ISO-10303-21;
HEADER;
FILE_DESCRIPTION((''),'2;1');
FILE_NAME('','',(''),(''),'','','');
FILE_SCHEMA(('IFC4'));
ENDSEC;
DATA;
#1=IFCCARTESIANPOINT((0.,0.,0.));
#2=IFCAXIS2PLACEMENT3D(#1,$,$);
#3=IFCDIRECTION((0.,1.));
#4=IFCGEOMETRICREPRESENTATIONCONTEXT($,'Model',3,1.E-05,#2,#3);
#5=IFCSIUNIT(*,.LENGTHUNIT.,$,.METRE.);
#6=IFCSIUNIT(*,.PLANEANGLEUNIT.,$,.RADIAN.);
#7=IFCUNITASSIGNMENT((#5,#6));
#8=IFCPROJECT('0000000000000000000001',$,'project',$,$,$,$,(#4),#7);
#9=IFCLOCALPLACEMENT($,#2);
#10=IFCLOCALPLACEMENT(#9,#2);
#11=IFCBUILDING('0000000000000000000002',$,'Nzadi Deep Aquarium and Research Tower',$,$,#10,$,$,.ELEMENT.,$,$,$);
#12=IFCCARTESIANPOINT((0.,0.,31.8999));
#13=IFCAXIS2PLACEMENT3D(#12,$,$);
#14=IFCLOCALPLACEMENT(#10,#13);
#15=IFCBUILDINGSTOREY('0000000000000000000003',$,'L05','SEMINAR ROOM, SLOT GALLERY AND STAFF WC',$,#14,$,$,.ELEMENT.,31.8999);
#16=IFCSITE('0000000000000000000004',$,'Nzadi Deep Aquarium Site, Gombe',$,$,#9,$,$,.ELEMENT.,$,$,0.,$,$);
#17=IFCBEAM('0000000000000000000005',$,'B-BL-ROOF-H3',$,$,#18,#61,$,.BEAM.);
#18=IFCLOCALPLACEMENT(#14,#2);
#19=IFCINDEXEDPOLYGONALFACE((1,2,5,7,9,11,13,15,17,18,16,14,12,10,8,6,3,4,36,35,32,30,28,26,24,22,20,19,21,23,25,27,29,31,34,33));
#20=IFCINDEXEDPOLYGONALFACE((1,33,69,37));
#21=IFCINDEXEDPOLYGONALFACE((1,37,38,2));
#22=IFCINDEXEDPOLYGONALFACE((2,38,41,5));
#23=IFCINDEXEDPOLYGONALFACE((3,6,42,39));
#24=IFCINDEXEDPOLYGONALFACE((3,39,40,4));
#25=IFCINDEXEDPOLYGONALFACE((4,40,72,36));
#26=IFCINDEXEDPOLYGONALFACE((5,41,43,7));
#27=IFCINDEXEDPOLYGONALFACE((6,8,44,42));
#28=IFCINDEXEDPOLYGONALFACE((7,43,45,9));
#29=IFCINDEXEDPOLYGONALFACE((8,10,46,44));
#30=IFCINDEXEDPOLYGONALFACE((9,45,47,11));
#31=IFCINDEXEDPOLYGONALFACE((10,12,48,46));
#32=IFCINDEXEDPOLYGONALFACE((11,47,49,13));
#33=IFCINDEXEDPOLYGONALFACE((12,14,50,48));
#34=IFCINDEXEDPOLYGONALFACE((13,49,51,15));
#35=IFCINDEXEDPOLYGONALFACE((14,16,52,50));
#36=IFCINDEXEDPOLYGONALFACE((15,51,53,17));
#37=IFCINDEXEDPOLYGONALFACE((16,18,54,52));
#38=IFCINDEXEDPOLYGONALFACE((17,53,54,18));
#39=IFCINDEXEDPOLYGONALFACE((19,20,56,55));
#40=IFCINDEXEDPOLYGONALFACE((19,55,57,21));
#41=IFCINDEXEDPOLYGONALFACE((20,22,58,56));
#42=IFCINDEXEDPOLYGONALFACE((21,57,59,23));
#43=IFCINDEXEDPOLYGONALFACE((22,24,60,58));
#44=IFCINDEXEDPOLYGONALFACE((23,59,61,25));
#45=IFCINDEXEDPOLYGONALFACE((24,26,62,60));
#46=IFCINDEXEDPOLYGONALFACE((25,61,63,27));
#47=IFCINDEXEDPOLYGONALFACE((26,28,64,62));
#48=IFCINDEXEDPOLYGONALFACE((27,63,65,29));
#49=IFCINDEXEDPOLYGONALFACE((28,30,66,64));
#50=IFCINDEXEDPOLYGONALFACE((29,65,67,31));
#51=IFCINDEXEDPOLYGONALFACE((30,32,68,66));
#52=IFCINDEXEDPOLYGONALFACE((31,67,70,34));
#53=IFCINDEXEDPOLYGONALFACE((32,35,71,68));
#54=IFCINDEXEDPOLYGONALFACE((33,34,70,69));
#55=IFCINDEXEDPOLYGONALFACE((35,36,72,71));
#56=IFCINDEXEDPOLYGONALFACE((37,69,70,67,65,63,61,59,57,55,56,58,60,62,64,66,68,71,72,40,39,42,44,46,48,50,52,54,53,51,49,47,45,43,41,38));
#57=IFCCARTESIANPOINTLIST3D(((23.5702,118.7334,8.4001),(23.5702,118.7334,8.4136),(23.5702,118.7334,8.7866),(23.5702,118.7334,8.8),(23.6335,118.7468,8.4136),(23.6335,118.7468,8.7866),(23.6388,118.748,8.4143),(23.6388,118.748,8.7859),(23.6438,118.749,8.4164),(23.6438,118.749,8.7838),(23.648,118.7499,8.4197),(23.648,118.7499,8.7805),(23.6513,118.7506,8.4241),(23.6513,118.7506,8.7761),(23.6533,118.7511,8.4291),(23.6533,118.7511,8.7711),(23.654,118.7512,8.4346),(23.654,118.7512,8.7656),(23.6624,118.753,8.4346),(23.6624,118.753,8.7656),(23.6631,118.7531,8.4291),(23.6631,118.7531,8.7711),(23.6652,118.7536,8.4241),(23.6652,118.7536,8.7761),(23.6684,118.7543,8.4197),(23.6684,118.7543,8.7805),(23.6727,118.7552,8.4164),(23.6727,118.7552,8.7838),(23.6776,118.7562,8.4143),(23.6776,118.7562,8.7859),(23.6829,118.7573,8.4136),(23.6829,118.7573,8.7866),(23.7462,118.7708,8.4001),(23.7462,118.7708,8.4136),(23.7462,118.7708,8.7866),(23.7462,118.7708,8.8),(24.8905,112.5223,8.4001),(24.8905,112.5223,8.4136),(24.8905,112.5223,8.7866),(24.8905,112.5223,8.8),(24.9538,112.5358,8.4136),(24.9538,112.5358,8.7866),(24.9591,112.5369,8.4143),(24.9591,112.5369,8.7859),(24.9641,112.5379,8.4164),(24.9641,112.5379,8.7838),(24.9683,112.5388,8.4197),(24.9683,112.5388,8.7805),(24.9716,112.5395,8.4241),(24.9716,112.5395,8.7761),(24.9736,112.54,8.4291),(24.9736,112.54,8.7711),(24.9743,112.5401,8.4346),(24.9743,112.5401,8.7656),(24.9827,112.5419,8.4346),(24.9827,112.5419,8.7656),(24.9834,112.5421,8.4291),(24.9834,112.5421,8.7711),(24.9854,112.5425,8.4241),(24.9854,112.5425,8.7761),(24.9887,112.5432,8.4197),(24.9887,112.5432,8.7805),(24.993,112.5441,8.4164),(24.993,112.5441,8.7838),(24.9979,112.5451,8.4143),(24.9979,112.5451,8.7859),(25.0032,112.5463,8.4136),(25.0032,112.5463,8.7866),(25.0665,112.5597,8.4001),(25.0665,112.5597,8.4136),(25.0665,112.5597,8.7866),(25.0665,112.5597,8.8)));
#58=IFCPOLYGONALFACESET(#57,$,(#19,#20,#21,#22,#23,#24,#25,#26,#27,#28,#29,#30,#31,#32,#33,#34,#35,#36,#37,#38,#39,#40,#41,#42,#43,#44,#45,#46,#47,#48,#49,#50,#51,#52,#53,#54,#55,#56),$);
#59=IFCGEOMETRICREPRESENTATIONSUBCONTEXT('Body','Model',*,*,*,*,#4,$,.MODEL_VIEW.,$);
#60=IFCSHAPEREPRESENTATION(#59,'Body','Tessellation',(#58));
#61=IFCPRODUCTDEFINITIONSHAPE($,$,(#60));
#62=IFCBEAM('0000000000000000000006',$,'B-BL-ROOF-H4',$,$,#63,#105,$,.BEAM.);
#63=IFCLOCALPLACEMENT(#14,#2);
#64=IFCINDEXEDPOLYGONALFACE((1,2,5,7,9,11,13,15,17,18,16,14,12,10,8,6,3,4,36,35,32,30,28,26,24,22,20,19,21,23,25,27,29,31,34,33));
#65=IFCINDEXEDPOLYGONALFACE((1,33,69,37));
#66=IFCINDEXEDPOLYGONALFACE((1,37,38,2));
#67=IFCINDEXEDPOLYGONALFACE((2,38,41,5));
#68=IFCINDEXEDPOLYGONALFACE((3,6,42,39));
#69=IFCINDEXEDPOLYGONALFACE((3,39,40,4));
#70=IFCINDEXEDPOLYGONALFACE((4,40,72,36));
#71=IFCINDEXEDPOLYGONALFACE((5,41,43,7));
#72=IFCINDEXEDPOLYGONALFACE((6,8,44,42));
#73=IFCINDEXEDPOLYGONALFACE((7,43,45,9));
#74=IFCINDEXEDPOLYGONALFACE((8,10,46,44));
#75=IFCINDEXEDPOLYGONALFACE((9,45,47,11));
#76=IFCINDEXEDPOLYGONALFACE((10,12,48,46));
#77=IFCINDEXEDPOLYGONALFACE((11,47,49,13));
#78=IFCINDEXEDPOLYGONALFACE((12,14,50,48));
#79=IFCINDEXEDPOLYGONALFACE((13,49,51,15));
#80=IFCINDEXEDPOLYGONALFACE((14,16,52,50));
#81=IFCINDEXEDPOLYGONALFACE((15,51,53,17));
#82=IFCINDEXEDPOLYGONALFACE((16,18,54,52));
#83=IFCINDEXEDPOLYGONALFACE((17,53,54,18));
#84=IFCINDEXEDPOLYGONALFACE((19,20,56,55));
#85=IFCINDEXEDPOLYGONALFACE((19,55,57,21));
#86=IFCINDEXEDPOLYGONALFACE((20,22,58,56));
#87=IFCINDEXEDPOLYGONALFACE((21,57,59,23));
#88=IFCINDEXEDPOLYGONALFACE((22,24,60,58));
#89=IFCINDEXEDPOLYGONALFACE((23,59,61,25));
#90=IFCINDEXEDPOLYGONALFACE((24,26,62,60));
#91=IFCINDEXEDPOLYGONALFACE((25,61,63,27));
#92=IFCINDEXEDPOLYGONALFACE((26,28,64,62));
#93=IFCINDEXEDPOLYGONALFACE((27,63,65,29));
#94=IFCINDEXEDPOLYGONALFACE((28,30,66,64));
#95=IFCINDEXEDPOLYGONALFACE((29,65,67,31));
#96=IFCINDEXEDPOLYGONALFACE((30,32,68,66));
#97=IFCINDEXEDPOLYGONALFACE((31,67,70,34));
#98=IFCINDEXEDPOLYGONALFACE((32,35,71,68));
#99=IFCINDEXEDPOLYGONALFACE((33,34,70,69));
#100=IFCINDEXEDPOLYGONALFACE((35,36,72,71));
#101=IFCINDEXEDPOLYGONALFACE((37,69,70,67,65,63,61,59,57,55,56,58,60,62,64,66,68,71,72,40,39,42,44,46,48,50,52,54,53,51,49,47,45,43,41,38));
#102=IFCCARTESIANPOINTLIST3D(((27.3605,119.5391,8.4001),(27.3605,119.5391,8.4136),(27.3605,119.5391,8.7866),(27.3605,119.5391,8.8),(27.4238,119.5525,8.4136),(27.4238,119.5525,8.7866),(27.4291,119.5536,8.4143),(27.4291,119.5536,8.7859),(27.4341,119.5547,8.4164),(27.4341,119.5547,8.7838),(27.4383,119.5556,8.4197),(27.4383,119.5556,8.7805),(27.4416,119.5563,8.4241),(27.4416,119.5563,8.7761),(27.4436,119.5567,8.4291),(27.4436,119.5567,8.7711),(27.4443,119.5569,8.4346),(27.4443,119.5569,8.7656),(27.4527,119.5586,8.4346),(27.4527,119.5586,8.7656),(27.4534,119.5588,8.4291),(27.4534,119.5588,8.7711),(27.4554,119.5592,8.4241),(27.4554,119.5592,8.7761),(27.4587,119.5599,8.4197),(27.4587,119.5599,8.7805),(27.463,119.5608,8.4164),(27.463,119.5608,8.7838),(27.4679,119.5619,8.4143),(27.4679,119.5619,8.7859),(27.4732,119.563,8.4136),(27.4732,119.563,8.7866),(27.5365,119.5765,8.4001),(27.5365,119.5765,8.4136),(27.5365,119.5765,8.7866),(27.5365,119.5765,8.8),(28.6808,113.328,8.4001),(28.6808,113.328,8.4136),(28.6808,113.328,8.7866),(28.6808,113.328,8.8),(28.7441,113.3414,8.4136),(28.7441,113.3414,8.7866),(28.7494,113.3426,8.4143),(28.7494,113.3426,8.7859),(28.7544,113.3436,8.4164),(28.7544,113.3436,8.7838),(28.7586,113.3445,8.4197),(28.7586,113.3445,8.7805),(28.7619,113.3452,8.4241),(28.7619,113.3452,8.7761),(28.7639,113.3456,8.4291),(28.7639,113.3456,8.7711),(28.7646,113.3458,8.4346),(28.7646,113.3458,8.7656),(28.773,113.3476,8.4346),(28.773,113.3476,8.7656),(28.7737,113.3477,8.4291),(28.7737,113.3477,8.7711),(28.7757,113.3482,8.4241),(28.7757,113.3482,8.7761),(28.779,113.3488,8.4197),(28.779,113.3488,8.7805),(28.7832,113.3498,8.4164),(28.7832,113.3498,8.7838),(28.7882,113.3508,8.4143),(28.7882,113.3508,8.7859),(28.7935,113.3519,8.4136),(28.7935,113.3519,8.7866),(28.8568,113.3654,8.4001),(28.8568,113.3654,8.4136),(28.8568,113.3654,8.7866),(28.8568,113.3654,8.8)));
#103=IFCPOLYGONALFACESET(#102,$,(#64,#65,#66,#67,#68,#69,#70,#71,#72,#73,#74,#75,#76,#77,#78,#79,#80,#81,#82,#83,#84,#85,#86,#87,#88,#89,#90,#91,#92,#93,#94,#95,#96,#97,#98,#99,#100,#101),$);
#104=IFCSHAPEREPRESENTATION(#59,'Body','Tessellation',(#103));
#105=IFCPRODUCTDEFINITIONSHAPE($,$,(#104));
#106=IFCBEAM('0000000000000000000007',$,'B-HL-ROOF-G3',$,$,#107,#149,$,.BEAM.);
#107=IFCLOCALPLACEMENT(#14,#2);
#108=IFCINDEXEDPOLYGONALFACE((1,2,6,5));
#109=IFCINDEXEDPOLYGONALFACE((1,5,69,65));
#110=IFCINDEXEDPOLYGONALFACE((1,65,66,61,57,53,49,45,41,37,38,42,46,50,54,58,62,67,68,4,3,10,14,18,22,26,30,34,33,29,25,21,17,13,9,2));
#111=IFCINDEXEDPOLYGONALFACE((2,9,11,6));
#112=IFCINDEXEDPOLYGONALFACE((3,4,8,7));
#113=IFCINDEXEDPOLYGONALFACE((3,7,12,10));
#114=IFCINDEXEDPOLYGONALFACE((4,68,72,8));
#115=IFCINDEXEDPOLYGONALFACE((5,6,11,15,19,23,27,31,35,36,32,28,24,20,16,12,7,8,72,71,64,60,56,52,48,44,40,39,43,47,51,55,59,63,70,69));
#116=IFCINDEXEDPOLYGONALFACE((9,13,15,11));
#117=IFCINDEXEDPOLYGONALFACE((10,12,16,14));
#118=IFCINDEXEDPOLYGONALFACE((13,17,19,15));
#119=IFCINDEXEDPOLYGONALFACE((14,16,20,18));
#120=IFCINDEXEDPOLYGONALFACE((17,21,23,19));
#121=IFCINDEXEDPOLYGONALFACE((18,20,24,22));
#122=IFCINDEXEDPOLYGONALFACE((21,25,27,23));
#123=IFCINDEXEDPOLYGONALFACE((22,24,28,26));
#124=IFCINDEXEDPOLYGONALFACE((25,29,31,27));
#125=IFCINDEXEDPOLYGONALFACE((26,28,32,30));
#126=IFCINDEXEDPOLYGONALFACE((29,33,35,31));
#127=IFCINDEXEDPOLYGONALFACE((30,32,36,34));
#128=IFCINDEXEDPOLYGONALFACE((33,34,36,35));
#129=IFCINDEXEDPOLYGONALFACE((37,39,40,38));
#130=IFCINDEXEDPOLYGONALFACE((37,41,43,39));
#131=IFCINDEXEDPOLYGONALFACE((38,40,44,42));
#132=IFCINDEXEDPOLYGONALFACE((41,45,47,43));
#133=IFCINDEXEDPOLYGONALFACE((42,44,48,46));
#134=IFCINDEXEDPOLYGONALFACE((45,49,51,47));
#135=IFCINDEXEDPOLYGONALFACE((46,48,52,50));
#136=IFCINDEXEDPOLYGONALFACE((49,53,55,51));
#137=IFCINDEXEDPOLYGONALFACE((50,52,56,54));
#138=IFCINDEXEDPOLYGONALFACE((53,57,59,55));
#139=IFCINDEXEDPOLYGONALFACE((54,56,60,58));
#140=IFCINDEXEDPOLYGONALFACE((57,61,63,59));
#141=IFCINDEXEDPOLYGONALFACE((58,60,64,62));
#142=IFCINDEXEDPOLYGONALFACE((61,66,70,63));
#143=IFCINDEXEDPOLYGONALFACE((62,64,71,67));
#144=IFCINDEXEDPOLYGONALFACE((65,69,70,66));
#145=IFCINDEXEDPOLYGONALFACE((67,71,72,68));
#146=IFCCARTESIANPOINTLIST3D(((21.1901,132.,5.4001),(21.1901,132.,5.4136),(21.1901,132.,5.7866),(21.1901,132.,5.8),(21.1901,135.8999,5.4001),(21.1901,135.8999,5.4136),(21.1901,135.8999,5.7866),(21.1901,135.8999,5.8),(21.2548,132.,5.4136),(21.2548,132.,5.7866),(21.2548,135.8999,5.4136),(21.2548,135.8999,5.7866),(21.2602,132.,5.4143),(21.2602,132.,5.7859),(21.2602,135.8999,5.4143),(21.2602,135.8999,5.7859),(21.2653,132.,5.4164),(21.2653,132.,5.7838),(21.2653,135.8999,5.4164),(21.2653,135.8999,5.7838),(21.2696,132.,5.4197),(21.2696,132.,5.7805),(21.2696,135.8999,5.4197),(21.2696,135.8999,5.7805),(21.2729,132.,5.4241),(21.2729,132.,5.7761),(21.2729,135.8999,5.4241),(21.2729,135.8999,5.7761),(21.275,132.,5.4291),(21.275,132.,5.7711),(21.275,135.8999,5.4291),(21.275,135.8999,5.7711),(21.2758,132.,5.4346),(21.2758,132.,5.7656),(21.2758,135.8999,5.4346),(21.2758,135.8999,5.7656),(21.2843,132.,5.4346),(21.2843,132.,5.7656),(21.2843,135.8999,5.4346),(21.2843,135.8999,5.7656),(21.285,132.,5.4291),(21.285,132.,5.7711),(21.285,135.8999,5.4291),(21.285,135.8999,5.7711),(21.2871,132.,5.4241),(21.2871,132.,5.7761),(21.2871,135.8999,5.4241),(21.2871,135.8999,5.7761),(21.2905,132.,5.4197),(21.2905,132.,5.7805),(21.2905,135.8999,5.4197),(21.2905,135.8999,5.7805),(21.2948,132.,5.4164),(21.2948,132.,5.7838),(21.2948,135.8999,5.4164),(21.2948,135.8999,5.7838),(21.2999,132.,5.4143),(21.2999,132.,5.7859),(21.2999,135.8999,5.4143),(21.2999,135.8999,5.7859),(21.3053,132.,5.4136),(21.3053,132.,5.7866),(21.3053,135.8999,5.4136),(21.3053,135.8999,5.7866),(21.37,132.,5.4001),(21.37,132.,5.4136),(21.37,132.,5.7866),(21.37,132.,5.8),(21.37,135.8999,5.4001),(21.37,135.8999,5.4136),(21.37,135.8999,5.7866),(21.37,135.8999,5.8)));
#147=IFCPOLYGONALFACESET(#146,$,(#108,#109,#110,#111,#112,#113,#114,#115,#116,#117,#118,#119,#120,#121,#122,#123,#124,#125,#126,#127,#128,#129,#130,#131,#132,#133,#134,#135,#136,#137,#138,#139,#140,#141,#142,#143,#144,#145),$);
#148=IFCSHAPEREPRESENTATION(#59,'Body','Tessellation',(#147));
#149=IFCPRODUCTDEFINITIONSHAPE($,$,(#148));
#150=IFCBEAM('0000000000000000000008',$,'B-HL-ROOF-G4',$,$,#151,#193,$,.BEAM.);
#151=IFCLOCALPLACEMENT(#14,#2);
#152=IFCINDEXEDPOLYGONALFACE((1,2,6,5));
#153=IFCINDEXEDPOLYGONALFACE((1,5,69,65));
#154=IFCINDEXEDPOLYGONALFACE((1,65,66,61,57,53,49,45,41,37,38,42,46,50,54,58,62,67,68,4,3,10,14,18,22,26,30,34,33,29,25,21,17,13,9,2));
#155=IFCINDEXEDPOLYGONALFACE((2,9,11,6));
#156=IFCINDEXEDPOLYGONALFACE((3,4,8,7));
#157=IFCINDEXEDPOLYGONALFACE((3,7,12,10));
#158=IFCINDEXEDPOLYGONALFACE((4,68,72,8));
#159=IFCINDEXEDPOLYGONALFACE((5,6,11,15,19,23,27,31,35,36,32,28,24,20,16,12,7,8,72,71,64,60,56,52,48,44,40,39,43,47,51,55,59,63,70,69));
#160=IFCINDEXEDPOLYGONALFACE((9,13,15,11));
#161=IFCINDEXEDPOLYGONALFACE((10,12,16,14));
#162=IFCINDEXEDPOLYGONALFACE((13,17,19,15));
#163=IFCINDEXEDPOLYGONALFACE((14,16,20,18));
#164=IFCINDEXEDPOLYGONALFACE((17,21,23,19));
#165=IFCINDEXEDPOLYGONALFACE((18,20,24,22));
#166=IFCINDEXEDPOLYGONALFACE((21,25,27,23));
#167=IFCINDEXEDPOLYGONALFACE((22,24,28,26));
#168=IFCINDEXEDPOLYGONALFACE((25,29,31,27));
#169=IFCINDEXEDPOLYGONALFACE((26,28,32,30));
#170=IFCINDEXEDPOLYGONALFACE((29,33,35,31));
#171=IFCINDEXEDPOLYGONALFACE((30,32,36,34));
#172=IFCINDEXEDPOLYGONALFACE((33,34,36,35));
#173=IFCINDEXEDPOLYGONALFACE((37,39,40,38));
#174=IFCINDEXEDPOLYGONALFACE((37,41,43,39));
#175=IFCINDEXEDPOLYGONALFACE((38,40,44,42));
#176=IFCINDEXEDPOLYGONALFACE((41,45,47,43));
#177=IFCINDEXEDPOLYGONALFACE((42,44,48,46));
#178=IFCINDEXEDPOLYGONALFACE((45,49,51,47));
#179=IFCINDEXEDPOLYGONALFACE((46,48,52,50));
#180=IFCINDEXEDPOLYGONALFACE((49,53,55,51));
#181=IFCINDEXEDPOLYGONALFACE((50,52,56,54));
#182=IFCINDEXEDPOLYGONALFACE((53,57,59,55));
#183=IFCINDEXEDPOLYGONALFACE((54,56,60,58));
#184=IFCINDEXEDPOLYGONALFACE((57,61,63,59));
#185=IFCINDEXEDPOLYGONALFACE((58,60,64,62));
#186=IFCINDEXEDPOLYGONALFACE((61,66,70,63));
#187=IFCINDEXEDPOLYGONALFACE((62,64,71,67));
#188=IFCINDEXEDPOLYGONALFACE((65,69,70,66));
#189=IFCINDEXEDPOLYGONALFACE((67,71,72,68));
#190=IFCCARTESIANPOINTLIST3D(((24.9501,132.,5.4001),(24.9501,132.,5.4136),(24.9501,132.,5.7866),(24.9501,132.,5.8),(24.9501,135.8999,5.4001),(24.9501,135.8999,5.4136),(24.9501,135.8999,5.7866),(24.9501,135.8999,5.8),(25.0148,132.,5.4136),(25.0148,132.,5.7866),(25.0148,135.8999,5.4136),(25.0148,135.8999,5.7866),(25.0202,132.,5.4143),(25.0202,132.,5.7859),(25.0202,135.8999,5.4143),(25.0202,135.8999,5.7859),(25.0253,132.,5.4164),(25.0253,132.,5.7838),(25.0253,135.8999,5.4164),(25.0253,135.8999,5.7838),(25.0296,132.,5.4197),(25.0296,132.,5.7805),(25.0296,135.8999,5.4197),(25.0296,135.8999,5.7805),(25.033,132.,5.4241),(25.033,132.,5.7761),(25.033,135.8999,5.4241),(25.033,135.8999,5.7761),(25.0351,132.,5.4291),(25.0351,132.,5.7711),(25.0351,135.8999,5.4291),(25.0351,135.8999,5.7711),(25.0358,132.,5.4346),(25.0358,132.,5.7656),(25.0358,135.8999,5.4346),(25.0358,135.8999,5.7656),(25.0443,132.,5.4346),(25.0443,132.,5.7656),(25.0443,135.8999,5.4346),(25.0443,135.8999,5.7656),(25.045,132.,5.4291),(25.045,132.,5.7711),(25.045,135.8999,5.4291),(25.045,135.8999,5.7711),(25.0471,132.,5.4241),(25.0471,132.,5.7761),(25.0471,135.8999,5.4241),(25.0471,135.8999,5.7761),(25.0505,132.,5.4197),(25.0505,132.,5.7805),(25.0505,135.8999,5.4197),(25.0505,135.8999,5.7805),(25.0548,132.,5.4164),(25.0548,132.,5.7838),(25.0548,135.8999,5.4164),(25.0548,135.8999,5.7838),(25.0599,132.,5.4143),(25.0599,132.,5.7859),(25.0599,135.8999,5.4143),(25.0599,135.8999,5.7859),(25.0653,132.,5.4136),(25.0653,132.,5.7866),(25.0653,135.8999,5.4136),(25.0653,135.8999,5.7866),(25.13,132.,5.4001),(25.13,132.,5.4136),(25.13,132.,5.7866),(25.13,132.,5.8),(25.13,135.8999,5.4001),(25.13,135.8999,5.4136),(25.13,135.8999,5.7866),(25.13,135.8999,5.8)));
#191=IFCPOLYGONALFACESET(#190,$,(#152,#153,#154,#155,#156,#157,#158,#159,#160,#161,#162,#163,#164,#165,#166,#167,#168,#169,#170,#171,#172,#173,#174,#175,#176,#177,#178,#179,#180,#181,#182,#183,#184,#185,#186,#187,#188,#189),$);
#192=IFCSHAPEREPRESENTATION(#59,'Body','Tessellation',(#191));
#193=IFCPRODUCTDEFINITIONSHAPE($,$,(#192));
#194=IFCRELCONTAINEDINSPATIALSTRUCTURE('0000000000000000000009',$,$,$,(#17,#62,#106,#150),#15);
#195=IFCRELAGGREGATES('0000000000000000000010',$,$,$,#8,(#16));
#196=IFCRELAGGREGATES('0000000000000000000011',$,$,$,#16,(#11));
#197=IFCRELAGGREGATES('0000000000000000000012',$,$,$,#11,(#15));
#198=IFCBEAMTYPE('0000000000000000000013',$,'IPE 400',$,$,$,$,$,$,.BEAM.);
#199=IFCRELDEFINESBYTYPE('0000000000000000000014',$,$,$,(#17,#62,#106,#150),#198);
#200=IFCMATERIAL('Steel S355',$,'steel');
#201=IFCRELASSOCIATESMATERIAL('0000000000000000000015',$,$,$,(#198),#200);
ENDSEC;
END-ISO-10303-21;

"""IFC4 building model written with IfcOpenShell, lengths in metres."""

from ifc_helpers import new_model, si_unit, direction, frame, origin, origin_2d, place, context, subcontext, project, spatial, i_section, extrude, material, material_profile, profile_set, type_object, element, save


model = new_model("IFC4")

# Units and contexts
model_context = context("Model", 3, precision=1e-05, world=origin(), true_north=direction((0.0, 1.0)))
body_context = subcontext(model_context, "Body", "Model", "MODEL_VIEW")
ifc_project = project(units=[si_unit("LENGTHUNIT", "METRE"), si_unit("PLANEANGLEUNIT", "RADIAN")], contexts=[model_context])

# Site, building, storey
site_placement = place(None, origin())
site = spatial("IfcSite", under=ifc_project, at=site_placement, Name="Nzadi Deep Aquarium Site, Gombe", CompositionType="ELEMENT", RefElevation=0.0)
building_placement = place(site_placement, origin())
building = spatial("IfcBuilding", under=site, at=building_placement, Name="Nzadi Deep Aquarium and Research Tower", CompositionType="ELEMENT")
storey_placement = place(building_placement, frame((0.0, 0.0, 31.8999)))
storey = spatial("IfcBuildingStorey", under=building, at=storey_placement, Name="L05", Description="SEMINAR ROOM, SLOT GALLERY AND STAFF WC", CompositionType="ELEMENT", Elevation=31.8999)

# Beams
ifc_material_1 = material(Name="Steel S355", Category="steel")
ifc_material_profile_1 = material_profile(ifc_material_1, i_section(OverallWidth=0.1799, OverallDepth=0.3999, WebThickness=0.0085, FlangeThickness=0.0134, FilletRadius=0.021, at=origin_2d()))
ifc_profile_set_1 = profile_set([ifc_material_profile_1], Name="Steel S355")
beam_type = type_object("IfcBeamType", Name="IPE 400", PredefinedType="BEAM", material=ifc_profile_set_1)
for number, where, z_axis, x_axis, name in (
    (1, (24.9785, 112.541, 8.6001), (-0.207925, 0.978145, 0.0), (-0.978145, -0.207925, 0.0), "B-BL-ROOF-H3"),
    (2, (28.7688, 113.3467, 8.6001), (-0.207925, 0.978145, 0.0), (-0.978145, -0.207925, 0.0), "B-BL-ROOF-H4"),
):
    element("IfcBeam", number, at=place(storey_placement, frame(where, z_axis=z_axis, x_axis=x_axis)), inside=storey, type_object=beam_type, Name=name, PredefinedType="BEAM", context=body_context, shape_type="SweptSolid", body=[
        extrude(i_section(OverallWidth=0.1799, OverallDepth=0.3999, WebThickness=0.0085, FlangeThickness=0.0134, FilletRadius=0.021, at=origin_2d()), origin(), (0.0, 0.0, 1.0), 6.3499),
    ])
for number, where, z_axis, x_axis, name in (
    (3, (21.28, 132.0, 5.6001), (0.0, 1.0, 0.0), (-1.0, 0.0, 0.0), "B-HL-ROOF-G3"),
    (4, (25.04, 132.0, 5.6001), (0.0, 1.0, 0.0), (-1.0, 0.0, 0.0), "B-HL-ROOF-G4"),
):
    element("IfcBeam", number, at=place(storey_placement, frame(where, z_axis=z_axis, x_axis=x_axis)), inside=storey, type_object=beam_type, Name=name, PredefinedType="BEAM", context=body_context, shape_type="SweptSolid", body=[
        extrude(i_section(OverallWidth=0.1799, OverallDepth=0.3999, WebThickness=0.0085, FlangeThickness=0.0134, FilletRadius=0.021, at=origin_2d()), origin(), (0.0, 0.0, 1.0), 3.8999),
    ])

save(model, "model.ifc")
